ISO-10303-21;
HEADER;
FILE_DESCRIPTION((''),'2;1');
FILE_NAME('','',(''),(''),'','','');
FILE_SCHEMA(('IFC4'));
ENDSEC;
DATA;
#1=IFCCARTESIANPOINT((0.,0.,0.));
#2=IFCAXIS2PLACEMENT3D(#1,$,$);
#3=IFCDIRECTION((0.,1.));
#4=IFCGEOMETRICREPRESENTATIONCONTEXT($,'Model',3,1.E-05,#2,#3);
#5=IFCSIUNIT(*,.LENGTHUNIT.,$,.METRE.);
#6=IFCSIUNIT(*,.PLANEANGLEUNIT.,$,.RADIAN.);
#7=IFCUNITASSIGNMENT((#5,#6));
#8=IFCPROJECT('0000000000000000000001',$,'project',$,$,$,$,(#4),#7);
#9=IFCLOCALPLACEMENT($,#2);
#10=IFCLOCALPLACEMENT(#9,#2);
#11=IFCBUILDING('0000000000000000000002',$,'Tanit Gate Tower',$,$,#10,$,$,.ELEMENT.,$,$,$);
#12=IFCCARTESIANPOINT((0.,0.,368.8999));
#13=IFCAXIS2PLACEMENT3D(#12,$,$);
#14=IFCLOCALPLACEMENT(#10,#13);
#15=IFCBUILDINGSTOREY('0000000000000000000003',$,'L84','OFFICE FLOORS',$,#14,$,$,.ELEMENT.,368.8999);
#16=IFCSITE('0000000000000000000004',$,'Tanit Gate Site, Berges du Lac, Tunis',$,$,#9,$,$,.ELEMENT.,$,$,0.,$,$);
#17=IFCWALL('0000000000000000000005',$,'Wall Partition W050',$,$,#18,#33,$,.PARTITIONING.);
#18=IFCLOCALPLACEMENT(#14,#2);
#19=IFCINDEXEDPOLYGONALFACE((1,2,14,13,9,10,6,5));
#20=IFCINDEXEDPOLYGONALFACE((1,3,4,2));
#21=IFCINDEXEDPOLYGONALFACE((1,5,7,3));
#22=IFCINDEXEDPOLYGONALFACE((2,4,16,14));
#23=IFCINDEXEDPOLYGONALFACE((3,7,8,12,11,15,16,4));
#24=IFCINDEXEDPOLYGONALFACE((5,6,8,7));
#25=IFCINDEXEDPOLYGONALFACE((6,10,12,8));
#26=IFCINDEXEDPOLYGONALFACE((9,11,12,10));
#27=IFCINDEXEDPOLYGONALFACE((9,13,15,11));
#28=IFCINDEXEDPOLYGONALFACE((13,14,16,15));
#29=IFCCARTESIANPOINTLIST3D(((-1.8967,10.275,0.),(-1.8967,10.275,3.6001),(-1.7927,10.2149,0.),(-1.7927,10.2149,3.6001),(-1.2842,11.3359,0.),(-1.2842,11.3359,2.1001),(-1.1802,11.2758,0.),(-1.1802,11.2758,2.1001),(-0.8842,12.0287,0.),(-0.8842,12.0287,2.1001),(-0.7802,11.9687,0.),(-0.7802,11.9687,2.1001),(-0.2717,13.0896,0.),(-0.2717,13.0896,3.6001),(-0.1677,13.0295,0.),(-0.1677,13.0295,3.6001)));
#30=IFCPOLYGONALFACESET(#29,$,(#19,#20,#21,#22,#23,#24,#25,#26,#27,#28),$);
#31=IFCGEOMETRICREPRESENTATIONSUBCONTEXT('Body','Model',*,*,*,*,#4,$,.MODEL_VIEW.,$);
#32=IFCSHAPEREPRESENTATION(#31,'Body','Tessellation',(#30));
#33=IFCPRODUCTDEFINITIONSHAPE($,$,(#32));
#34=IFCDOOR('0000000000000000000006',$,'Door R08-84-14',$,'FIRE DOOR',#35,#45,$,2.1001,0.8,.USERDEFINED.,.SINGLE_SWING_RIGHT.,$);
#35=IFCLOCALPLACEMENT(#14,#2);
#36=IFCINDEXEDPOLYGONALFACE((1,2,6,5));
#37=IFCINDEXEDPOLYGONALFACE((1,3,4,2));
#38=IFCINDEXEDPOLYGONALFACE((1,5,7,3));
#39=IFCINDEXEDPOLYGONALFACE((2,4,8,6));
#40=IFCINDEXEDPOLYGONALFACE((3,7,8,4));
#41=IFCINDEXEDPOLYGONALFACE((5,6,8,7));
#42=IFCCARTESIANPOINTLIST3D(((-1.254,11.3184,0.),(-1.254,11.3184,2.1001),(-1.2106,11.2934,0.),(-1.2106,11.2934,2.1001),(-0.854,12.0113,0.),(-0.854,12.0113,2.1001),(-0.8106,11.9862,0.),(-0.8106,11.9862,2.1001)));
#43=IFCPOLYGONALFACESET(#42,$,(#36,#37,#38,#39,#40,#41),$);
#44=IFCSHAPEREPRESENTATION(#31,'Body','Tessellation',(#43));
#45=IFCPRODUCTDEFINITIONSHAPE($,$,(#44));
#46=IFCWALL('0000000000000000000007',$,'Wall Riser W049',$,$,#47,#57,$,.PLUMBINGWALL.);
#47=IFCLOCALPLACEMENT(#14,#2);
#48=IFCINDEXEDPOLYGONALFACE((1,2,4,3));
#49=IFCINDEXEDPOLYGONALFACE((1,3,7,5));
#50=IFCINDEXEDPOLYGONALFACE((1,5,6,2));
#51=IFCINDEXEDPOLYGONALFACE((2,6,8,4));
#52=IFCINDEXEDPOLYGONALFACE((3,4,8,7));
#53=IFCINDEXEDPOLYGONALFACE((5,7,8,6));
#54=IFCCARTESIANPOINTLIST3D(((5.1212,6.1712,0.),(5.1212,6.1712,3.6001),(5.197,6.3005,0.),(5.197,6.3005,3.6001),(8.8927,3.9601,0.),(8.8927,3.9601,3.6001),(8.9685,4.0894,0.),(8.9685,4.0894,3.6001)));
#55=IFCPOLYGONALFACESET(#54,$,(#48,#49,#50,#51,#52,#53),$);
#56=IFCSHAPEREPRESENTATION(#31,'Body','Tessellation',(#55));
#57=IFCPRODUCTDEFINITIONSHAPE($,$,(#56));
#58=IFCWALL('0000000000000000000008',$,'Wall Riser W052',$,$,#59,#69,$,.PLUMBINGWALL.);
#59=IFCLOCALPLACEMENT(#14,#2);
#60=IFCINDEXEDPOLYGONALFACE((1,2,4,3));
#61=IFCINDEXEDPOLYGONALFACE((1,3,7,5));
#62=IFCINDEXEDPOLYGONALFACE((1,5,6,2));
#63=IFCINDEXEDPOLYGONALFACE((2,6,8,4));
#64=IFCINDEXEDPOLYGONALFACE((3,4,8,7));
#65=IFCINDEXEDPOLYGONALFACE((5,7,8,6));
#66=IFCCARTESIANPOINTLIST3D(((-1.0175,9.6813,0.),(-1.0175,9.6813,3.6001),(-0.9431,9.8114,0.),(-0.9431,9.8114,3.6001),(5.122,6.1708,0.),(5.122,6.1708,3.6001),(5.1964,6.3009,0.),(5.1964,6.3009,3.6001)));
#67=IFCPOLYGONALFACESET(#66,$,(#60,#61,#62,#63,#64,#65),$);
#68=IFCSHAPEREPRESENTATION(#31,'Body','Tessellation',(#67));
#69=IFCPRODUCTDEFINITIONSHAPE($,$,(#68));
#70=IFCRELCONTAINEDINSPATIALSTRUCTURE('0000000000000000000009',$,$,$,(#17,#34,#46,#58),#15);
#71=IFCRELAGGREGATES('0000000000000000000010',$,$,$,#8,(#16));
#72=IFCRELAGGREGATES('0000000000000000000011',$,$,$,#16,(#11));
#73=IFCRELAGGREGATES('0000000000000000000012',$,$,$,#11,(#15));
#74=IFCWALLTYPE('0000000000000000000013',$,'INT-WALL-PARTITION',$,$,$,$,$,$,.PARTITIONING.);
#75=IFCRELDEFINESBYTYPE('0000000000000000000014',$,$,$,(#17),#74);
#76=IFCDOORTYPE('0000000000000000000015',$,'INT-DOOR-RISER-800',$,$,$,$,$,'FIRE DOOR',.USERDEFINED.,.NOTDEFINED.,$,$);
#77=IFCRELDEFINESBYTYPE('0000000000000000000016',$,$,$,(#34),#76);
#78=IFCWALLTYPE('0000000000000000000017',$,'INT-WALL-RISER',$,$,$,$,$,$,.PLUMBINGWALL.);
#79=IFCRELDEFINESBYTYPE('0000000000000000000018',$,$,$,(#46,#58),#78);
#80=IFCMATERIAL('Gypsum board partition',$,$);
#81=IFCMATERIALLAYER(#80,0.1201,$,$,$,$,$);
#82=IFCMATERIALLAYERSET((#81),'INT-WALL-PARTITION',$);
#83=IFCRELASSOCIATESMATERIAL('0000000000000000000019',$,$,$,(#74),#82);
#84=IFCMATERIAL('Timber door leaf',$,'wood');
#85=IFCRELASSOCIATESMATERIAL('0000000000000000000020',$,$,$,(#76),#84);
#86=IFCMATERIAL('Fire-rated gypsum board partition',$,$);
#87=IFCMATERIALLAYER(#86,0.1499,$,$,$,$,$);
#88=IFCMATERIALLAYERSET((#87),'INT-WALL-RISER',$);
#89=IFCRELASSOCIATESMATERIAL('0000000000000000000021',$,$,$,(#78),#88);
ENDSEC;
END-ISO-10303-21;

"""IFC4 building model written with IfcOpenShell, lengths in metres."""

from ifc_helpers import new_model, si_unit, direction, frame, frame_2d, origin, place, context, subcontext, project, spatial, rectangle, extrude, material, layer, layer_set, type_object, element, fill, save


model = new_model("IFC4")

# Units and contexts
model_context = context("Model", 3, precision=1e-05, world=origin(), true_north=direction((0.0, 1.0)))
body_context = subcontext(model_context, "Body", "Model", "MODEL_VIEW")
ifc_project = project(units=[si_unit("LENGTHUNIT", "METRE"), si_unit("PLANEANGLEUNIT", "RADIAN")], contexts=[model_context])

# Site, building, storey
site_placement = place(None, origin())
site = spatial("IfcSite", under=ifc_project, at=site_placement, Name="Tanit Gate Site, Berges du Lac, Tunis", CompositionType="ELEMENT", RefElevation=0.0)
building_placement = place(site_placement, origin())
building = spatial("IfcBuilding", under=site, at=building_placement, Name="Tanit Gate Tower", CompositionType="ELEMENT")
storey_placement = place(building_placement, frame((0.0, 0.0, 368.8999)))
storey = spatial("IfcBuildingStorey", under=building, at=storey_placement, Name="L84", Description="OFFICE FLOORS", CompositionType="ELEMENT", Elevation=368.8999)

# Wall, opening, door
ifc_material_1 = material(Name="Gypsum board partition")
ifc_layer_1 = layer(ifc_material_1, 0.1201)
ifc_layer_set_1 = layer_set([ifc_layer_1], Name="INT-WALL-PARTITION")
wall_type_1 = type_object("IfcWallType", Name="INT-WALL-PARTITION", PredefinedType="PARTITIONING", material=ifc_layer_set_1)
ifc_material_2 = material(Name="Timber door leaf", Category="wood")
door_type = type_object("IfcDoorType", Name="INT-DOOR-RISER-800", ElementType="FIRE DOOR", OperationType="NOTDEFINED", PredefinedType="USERDEFINED", material=ifc_material_2)
wall_1_placement = place(storey_placement, frame((-0.2197, 13.0596, 0.0), z_axis=(0.0, 0.0, 1.0), x_axis=(-0.499985, -0.866034, 0.0)))
wall_1 = element("IfcWall", 1, at=wall_1_placement, inside=storey, type_object=wall_type_1, Name="Wall Partition W050", PredefinedType="PARTITIONING", context=body_context, shape_type="SweptSolid", body=[
    extrude(rectangle(XDim=3.25, YDim=0.1201, at=frame_2d((1.625, 0.0))), origin(), (0.0, 0.0, 1.0), 3.6001),
])
opening_1_placement = place(wall_1_placement, frame((1.2251, 0.0, 0.0)))
opening_1 = element("IfcOpeningElement", 2, at=opening_1_placement, cuts=wall_1, PredefinedType="OPENING", context=body_context, shape_type="SweptSolid", body=[
    extrude(rectangle(XDim=0.8, YDim=2.1001, at=frame_2d((0.3999, 1.05))), frame((0.0, 0.0701, 0.0), z_axis=(0.0, -1.0, 0.0), x_axis=(1.0, 0.0, 0.0)), (0.0, 0.0, 1.0), 0.1401),
])
door_1_placement = place(opening_1_placement, origin())
door_1 = element("IfcDoor", 3, at=door_1_placement, inside=storey, type_object=door_type, Name="Door R08-84-14", ObjectType="FIRE DOOR", OperationType="SINGLE_SWING_RIGHT", OverallHeight=2.1001, OverallWidth=0.8, PredefinedType="USERDEFINED", context=body_context, shape_type="SweptSolid", body=[
    extrude(rectangle(XDim=0.8, YDim=2.1001, at=frame_2d((0.3999, 1.05))), frame((0.0, 0.0249, 0.0), z_axis=(0.0, -1.0, 0.0), x_axis=(1.0, 0.0, 0.0)), (0.0, 0.0, 1.0), 0.05),
])
fill(opening_1, door_1)

# Walls
ifc_material_3 = material(Name="Fire-rated gypsum board partition")
ifc_layer_2 = layer(ifc_material_3, 0.1499)
ifc_layer_set_2 = layer_set([ifc_layer_2], Name="INT-WALL-RISER")
wall_type_2 = type_object("IfcWallType", Name="INT-WALL-RISER", PredefinedType="PLUMBINGWALL", material=ifc_layer_set_2)
wall_2_placement = place(storey_placement, frame((8.9307, 4.0247, 0.0), z_axis=(0.0, 0.0, 1.0), x_axis=(-0.862667, 0.505773, 0.0)))
element("IfcWall", 4, at=wall_2_placement, inside=storey, type_object=wall_type_2, Name="Wall Riser W049", PredefinedType="PLUMBINGWALL", context=body_context, shape_type="SweptSolid", body=[
    extrude(rectangle(XDim=4.3718, YDim=0.1499, at=frame_2d((2.186, 0.0))), origin(), (0.0, 0.0, 1.0), 3.6001),
])
wall_3_placement = place(storey_placement, frame((5.1592, 6.2358, 0.0), z_axis=(0.0, 0.0, 1.0), x_axis=(-0.868105, 0.496381, 0.0)))
element("IfcWall", 5, at=wall_3_placement, inside=storey, type_object=wall_type_2, Name="Wall Riser W052", PredefinedType="PLUMBINGWALL", context=body_context, shape_type="SweptSolid", body=[
    extrude(rectangle(XDim=7.0723, YDim=0.1499, at=frame_2d((3.5361, 0.0))), origin(), (0.0, 0.0, 1.0), 3.6001),
])

save(model, "model.ifc")
